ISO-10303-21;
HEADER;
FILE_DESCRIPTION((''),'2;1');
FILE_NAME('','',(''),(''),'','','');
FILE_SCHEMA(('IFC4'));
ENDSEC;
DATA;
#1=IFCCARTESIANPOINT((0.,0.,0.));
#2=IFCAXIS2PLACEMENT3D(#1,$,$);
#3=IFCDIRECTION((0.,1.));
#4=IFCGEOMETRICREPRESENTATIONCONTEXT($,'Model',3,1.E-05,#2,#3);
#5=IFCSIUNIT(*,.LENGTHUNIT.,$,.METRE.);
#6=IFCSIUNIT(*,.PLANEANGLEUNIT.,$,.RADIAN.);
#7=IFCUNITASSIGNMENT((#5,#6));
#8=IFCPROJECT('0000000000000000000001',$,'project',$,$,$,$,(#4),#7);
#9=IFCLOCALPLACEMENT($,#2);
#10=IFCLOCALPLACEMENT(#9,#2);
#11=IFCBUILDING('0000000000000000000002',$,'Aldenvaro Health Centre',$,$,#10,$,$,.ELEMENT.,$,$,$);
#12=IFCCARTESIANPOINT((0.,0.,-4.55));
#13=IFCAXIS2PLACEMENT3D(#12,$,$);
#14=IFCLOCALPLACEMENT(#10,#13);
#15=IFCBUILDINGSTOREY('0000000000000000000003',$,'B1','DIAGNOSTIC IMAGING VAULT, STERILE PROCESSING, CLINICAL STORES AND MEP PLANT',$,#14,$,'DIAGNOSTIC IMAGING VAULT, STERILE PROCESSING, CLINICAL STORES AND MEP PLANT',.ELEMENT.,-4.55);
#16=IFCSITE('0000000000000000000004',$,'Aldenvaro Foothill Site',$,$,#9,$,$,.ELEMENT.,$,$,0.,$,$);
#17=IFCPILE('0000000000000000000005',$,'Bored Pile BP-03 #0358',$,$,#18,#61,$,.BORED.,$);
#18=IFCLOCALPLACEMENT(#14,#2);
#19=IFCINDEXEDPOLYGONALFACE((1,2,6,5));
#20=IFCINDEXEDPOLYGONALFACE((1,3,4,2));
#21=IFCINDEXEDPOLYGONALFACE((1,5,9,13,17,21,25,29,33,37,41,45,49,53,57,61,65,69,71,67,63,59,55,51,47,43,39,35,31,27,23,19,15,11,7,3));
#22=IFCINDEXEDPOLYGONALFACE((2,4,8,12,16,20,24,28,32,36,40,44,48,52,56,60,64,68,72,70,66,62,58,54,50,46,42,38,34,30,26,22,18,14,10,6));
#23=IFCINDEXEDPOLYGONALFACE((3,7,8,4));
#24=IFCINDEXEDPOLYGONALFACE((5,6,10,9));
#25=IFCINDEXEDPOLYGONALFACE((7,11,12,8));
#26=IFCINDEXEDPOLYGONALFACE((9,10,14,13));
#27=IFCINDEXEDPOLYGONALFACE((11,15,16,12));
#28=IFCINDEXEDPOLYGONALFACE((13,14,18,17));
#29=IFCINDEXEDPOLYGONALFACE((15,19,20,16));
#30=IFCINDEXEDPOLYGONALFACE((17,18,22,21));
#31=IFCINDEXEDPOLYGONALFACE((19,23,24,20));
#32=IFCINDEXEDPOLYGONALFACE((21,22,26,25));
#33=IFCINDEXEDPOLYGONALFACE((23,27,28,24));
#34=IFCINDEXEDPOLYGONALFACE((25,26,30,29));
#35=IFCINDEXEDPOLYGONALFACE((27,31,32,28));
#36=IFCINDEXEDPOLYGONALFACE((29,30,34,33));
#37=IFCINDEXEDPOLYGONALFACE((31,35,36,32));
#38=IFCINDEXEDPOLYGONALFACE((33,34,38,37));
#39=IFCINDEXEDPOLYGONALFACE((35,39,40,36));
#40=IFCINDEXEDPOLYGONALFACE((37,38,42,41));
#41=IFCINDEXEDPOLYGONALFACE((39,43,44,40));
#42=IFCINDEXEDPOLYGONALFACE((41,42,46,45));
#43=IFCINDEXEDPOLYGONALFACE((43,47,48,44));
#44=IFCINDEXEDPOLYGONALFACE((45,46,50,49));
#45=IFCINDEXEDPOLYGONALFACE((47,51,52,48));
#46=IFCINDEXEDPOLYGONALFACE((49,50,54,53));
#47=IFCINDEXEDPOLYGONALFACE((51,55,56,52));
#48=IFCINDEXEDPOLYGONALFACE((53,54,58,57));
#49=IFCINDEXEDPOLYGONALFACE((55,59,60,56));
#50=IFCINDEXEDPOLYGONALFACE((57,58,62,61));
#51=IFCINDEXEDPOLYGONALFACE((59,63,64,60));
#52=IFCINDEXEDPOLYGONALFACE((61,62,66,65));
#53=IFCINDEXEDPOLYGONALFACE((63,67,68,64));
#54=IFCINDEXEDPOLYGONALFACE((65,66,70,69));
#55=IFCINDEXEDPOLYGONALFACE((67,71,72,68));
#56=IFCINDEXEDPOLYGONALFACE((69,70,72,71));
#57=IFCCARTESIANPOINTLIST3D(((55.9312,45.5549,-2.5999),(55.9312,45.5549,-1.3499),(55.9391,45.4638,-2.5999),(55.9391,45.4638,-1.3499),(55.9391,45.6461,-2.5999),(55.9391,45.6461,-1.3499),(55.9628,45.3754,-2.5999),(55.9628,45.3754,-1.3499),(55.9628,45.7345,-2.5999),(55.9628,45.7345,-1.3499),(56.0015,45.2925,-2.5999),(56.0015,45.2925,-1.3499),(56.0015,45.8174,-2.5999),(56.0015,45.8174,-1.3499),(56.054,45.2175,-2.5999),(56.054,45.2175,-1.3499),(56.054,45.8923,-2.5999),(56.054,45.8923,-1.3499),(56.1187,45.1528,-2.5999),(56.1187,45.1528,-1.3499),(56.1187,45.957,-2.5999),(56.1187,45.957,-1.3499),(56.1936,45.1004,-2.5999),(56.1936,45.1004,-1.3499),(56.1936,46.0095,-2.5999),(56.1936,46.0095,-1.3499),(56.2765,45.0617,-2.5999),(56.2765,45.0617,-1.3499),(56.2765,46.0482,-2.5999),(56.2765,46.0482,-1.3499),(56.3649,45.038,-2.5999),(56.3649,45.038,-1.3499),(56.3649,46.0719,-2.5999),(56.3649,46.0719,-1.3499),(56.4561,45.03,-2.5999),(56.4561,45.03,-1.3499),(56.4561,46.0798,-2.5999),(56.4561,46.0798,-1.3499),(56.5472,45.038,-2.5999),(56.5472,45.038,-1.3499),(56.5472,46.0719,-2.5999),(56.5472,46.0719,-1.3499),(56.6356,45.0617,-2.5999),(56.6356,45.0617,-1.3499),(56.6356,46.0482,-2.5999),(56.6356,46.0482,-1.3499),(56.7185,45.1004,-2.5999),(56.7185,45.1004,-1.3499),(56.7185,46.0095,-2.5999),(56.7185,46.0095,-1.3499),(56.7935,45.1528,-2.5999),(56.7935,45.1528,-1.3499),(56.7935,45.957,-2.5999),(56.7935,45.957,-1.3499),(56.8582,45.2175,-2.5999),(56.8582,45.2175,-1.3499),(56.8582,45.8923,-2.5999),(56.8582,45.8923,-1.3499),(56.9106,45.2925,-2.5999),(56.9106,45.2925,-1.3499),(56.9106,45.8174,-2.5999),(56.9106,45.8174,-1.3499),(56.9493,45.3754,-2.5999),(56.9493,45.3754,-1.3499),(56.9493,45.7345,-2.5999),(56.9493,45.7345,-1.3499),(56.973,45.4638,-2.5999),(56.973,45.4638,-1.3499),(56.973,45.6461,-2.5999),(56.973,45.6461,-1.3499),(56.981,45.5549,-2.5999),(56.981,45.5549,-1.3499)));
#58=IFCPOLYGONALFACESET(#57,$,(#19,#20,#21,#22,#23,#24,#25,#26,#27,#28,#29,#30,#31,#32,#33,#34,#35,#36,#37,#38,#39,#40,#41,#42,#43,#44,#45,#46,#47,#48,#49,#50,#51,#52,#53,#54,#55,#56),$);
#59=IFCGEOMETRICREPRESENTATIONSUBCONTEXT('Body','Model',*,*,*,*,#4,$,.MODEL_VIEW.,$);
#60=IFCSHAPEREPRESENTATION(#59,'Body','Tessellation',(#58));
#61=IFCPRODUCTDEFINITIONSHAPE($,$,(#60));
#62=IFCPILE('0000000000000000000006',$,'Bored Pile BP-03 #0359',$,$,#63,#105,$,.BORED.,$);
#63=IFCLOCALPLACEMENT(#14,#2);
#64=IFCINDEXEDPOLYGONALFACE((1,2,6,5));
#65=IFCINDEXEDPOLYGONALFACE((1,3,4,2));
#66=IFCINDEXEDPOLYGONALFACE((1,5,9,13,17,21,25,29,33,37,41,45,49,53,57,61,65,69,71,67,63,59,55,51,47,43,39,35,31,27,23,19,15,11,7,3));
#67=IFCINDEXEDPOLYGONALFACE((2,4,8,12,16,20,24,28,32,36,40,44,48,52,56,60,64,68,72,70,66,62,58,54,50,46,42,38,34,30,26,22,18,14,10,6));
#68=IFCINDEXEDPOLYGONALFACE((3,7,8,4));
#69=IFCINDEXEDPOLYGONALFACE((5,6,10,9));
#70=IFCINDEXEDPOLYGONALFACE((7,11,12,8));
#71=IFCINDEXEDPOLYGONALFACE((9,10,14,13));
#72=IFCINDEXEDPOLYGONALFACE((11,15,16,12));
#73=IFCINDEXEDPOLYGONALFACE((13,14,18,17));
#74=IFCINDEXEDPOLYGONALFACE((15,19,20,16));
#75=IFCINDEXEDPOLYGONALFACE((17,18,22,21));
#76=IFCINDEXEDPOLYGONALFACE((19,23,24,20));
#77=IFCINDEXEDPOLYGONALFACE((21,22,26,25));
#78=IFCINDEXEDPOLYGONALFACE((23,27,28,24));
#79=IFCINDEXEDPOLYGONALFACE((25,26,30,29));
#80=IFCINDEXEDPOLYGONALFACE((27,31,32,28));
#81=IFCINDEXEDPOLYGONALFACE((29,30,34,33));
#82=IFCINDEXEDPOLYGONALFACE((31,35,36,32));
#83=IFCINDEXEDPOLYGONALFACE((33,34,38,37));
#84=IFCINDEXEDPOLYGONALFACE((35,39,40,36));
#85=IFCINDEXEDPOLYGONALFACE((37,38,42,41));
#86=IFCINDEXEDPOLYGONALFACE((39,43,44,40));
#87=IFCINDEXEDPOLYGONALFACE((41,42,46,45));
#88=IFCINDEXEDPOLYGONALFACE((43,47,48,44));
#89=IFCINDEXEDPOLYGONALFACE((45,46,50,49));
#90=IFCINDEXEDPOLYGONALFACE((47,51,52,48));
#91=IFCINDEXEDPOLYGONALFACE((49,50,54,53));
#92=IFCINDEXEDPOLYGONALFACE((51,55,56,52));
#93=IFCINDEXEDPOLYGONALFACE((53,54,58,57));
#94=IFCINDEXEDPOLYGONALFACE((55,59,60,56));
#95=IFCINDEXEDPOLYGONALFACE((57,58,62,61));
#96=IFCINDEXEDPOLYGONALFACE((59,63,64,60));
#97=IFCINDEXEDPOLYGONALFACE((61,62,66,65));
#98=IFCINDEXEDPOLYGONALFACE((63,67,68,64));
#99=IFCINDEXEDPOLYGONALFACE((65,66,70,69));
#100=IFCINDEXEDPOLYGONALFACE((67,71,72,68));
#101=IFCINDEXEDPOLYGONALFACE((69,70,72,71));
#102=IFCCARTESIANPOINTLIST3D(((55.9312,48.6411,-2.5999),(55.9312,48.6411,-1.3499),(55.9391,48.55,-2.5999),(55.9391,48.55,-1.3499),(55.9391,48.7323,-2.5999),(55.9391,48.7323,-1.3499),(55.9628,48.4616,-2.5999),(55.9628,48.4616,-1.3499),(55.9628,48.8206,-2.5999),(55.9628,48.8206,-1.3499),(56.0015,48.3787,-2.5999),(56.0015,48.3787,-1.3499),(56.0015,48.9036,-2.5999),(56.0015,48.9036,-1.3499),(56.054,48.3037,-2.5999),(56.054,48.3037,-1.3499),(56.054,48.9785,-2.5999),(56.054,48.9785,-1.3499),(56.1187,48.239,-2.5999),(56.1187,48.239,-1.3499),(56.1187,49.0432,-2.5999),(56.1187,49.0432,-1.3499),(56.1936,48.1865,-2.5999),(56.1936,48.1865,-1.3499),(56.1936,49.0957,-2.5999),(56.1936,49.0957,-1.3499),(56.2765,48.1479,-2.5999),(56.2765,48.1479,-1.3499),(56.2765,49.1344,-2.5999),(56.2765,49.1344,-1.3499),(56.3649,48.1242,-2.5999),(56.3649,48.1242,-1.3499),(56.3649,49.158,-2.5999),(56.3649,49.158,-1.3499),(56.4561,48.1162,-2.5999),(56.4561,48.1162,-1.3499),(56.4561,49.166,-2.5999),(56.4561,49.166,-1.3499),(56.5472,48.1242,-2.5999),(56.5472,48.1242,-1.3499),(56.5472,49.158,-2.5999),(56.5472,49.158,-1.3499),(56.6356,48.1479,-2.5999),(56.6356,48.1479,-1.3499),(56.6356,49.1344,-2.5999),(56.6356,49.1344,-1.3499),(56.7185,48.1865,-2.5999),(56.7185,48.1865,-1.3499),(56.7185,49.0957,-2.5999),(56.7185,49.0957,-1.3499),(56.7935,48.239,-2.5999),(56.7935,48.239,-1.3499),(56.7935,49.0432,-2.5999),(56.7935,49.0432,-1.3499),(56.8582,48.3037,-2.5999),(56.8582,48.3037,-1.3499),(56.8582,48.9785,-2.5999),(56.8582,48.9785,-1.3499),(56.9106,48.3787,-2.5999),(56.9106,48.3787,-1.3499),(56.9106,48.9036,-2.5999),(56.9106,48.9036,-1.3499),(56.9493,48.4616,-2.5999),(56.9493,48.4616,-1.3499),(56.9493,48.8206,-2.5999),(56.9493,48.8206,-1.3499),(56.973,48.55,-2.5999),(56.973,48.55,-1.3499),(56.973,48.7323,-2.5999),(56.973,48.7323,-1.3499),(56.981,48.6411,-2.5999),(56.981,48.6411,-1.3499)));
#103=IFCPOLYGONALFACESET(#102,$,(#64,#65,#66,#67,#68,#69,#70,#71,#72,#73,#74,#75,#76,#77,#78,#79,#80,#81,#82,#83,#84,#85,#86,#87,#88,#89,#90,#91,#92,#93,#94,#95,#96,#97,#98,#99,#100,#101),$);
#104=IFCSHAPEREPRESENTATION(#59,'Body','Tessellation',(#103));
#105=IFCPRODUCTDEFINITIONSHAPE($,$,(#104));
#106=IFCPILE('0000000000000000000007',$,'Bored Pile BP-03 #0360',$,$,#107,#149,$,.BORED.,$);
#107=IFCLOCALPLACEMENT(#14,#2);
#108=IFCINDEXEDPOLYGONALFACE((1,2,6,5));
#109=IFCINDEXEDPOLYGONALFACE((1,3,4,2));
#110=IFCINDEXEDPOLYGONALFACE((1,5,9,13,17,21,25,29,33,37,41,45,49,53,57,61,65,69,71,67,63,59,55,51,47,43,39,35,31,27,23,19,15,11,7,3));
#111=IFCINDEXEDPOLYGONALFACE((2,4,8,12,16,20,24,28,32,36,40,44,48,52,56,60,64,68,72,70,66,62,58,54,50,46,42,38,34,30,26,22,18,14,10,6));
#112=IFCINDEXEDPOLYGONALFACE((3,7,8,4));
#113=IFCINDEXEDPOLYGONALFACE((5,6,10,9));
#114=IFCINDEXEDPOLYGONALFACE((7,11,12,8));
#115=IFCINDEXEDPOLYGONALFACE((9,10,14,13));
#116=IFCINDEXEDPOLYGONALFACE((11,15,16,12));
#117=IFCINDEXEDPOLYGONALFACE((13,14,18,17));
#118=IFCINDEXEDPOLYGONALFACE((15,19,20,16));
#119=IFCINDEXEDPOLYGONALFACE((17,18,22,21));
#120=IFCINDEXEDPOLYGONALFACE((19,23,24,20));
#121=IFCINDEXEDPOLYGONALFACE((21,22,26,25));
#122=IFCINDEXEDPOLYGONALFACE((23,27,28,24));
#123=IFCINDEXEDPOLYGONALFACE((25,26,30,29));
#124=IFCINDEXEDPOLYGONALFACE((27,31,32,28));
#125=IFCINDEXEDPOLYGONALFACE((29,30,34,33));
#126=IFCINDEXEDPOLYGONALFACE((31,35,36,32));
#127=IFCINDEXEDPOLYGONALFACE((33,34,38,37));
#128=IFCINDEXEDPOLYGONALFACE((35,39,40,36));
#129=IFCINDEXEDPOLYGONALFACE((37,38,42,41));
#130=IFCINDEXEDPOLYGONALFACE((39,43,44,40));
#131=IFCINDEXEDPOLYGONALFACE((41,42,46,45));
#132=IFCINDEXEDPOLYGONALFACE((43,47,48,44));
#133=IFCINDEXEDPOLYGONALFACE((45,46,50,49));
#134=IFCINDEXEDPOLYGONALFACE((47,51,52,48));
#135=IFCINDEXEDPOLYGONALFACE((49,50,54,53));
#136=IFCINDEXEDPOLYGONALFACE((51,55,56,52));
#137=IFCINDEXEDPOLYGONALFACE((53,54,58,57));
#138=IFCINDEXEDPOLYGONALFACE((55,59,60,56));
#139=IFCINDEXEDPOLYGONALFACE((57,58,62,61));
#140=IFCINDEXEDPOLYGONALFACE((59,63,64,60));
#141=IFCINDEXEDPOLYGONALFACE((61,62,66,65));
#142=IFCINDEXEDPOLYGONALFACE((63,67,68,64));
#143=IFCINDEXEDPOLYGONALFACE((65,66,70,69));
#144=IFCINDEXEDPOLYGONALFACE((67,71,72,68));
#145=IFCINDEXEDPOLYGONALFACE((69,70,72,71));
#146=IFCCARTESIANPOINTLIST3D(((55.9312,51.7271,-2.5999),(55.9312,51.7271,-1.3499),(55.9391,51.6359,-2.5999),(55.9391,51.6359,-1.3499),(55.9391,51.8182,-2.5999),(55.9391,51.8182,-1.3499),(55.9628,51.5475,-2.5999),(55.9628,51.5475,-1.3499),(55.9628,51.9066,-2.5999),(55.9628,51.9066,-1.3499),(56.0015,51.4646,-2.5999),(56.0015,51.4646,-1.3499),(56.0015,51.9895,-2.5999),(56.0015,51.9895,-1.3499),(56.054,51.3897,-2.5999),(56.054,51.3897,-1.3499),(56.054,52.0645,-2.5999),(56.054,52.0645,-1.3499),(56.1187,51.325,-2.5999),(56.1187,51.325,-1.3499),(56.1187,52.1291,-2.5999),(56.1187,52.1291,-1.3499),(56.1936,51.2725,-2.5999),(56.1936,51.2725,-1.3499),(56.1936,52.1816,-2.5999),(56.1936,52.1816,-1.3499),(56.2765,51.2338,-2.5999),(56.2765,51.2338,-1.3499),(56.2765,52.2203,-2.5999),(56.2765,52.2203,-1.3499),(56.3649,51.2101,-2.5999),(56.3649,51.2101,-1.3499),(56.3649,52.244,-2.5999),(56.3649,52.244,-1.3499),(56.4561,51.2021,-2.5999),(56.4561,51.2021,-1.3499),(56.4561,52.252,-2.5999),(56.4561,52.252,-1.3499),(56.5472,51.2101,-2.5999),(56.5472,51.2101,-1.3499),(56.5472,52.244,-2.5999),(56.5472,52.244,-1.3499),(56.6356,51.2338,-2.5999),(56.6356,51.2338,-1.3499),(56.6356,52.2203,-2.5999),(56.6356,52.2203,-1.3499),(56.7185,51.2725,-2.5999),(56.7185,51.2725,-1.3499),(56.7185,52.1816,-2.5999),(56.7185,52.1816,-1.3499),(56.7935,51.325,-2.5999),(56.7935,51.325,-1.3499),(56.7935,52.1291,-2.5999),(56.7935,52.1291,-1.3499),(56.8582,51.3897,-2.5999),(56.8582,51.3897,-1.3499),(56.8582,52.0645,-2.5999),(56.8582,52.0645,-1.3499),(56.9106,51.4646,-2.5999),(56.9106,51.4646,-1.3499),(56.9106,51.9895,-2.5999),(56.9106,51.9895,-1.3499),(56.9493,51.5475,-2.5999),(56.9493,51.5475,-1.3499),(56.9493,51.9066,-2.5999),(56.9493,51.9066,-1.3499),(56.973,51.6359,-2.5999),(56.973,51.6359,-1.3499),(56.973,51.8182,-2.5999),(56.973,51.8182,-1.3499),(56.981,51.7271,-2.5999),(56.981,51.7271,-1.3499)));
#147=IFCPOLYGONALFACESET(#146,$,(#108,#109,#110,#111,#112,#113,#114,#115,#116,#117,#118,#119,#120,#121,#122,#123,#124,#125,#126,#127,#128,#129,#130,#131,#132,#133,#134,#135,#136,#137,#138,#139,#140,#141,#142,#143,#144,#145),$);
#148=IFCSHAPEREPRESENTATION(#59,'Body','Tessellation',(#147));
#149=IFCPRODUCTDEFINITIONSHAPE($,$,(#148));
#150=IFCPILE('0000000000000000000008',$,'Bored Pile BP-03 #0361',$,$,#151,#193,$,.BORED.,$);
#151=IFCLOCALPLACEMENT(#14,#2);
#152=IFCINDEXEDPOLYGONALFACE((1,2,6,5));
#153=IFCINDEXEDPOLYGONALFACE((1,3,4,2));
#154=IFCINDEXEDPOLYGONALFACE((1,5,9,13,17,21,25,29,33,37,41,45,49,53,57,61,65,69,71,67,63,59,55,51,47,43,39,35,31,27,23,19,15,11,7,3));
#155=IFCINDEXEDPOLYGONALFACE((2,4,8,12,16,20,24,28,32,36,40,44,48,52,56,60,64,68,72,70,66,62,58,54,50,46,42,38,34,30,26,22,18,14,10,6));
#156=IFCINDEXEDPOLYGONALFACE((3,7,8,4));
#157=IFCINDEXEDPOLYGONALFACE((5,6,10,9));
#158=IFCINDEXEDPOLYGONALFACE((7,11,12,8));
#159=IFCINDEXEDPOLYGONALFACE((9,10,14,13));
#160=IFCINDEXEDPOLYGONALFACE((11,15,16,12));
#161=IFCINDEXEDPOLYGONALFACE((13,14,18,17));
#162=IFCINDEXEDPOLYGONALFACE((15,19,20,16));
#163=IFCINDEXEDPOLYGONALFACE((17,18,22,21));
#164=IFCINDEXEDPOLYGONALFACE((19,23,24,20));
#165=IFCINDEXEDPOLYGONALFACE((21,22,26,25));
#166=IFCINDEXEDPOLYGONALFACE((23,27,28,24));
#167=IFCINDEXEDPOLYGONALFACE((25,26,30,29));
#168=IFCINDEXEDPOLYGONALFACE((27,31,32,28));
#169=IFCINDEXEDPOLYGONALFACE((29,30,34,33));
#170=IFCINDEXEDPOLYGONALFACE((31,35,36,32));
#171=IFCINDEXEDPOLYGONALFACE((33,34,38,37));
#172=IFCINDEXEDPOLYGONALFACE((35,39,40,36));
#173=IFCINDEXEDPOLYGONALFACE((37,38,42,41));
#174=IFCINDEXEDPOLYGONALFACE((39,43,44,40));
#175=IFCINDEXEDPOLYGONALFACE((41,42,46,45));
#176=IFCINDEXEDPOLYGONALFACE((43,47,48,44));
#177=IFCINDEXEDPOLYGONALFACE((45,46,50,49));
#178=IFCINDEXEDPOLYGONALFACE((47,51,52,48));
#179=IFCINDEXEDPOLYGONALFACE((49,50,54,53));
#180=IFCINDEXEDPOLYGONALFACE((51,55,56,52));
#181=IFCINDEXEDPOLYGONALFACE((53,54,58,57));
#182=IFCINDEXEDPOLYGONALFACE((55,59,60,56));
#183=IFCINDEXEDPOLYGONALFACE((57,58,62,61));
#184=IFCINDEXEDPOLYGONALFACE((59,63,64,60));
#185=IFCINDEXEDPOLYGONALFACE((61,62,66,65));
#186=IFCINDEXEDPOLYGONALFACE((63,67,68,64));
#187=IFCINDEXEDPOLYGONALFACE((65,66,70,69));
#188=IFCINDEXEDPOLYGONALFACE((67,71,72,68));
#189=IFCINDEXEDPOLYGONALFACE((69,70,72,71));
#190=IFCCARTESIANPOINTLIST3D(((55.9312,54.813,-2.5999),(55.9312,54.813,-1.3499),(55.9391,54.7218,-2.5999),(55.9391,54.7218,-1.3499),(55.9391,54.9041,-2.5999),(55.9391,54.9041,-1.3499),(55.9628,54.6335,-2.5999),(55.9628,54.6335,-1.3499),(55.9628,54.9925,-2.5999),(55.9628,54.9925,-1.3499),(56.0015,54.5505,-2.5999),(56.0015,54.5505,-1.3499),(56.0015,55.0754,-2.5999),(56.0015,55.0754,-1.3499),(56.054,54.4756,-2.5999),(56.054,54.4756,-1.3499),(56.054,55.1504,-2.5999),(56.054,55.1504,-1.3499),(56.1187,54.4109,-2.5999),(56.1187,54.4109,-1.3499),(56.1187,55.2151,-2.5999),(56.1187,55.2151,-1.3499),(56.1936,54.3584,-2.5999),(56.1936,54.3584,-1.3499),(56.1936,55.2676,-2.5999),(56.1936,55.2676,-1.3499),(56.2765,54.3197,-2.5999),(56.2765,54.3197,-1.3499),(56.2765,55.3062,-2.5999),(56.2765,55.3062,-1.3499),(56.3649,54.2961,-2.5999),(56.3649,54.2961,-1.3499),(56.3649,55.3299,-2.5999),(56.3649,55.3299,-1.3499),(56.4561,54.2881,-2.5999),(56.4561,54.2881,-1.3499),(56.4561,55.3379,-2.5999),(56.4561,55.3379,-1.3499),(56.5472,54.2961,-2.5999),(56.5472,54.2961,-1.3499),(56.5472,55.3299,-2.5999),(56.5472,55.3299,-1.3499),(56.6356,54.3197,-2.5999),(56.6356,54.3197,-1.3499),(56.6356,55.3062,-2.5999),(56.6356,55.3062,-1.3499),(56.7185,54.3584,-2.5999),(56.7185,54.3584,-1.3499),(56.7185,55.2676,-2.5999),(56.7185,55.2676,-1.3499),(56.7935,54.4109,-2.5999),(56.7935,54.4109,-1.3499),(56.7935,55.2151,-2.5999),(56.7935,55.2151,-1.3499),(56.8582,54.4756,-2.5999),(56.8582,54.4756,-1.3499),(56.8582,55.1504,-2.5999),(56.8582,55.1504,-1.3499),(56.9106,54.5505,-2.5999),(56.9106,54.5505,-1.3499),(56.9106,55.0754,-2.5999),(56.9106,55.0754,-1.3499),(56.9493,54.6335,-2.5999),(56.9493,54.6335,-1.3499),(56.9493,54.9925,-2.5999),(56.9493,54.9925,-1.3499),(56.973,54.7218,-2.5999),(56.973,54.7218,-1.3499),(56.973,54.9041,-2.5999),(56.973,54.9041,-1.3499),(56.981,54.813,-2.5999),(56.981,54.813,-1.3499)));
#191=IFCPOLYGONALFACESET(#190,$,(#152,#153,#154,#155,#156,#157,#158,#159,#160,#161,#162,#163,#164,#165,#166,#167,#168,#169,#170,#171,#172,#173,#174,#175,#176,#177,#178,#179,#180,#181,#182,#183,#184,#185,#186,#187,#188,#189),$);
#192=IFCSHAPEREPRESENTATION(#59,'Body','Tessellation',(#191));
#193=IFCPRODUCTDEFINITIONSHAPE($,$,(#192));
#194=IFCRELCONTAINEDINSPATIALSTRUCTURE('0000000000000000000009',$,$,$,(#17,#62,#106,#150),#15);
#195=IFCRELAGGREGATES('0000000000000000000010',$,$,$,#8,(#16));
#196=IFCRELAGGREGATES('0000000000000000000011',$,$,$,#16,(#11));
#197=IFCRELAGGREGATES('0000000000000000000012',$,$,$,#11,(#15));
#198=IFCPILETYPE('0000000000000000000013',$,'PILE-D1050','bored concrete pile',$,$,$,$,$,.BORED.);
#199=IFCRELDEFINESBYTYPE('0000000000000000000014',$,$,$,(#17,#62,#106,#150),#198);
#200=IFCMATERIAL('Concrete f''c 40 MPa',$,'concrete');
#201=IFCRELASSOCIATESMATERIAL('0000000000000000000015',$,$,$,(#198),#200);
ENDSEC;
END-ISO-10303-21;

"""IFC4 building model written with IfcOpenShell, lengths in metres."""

from ifc_helpers import new_model, si_unit, direction, frame, origin, origin_2d, place, context, subcontext, project, spatial, circle, extrude, material, material_profile, profile_set, type_object, element, save


model = new_model("IFC4")

# Units and contexts
model_context = context("Model", 3, precision=1e-05, world=origin(), true_north=direction((0.0, 1.0)))
body_context = subcontext(model_context, "Body", "Model", "MODEL_VIEW")
ifc_project = project(units=[si_unit("LENGTHUNIT", "METRE"), si_unit("PLANEANGLEUNIT", "RADIAN")], contexts=[model_context])

# Site, building, storey
site_placement = place(None, origin())
site = spatial("IfcSite", under=ifc_project, at=site_placement, Name="Aldenvaro Foothill Site", CompositionType="ELEMENT", RefElevation=0.0)
building_placement = place(site_placement, origin())
building = spatial("IfcBuilding", under=site, at=building_placement, Name="Aldenvaro Health Centre", CompositionType="ELEMENT")
storey_placement = place(building_placement, frame((0.0, 0.0, -4.55)))
storey = spatial("IfcBuildingStorey", under=building, at=storey_placement, Name="B1", Description="DIAGNOSTIC IMAGING VAULT, STERILE PROCESSING, CLINICAL STORES AND MEP PLANT", LongName="DIAGNOSTIC IMAGING VAULT, STERILE PROCESSING, CLINICAL STORES AND MEP PLANT", CompositionType="ELEMENT", Elevation=-4.55)

# Shared definitions
ifc_material = material(Name="Concrete f'c 40 MPa", Category="concrete")

# Piles
ifc_material_profile_1 = material_profile(ifc_material, circle(Radius=0.5249, at=origin_2d()), Name="PILE D1050", Category="concrete")
ifc_profile_set_1 = profile_set([ifc_material_profile_1], Name="Concrete f'c 40 MPa")
pile_type_1 = type_object("IfcPileType", Name="PILE-D1050", Description="bored concrete pile", PredefinedType="BORED", material=ifc_profile_set_1)
for number, where, z_axis, x_axis, name in (
    (1, (56.4561, 45.5549, -1.3499), (0.0, 0.0, -1.0), (1.0, 0.0, 0.0), "Bored Pile BP-03 #0358"),
    (2, (56.4561, 48.6411, -1.3499), (0.0, 0.0, -1.0), (1.0, 0.0, 0.0), "Bored Pile BP-03 #0359"),
    (3, (56.4561, 51.7271, -1.3499), (0.0, 0.0, -1.0), (1.0, 0.0, 0.0), "Bored Pile BP-03 #0360"),
    (4, (56.4561, 54.813, -1.3499), (0.0, 0.0, -1.0), (1.0, 0.0, 0.0), "Bored Pile BP-03 #0361"),
):
    element("IfcPile", number, at=place(storey_placement, frame(where, z_axis=z_axis, x_axis=x_axis)), inside=storey, type_object=pile_type_1, Name=name, PredefinedType="BORED", context=body_context, shape_type="SweptSolid", body=[
        extrude(circle(Radius=0.5249, at=origin_2d()), origin(), (0.0, 0.0, 1.0), 1.25),
    ])

save(model, "model.ifc")
